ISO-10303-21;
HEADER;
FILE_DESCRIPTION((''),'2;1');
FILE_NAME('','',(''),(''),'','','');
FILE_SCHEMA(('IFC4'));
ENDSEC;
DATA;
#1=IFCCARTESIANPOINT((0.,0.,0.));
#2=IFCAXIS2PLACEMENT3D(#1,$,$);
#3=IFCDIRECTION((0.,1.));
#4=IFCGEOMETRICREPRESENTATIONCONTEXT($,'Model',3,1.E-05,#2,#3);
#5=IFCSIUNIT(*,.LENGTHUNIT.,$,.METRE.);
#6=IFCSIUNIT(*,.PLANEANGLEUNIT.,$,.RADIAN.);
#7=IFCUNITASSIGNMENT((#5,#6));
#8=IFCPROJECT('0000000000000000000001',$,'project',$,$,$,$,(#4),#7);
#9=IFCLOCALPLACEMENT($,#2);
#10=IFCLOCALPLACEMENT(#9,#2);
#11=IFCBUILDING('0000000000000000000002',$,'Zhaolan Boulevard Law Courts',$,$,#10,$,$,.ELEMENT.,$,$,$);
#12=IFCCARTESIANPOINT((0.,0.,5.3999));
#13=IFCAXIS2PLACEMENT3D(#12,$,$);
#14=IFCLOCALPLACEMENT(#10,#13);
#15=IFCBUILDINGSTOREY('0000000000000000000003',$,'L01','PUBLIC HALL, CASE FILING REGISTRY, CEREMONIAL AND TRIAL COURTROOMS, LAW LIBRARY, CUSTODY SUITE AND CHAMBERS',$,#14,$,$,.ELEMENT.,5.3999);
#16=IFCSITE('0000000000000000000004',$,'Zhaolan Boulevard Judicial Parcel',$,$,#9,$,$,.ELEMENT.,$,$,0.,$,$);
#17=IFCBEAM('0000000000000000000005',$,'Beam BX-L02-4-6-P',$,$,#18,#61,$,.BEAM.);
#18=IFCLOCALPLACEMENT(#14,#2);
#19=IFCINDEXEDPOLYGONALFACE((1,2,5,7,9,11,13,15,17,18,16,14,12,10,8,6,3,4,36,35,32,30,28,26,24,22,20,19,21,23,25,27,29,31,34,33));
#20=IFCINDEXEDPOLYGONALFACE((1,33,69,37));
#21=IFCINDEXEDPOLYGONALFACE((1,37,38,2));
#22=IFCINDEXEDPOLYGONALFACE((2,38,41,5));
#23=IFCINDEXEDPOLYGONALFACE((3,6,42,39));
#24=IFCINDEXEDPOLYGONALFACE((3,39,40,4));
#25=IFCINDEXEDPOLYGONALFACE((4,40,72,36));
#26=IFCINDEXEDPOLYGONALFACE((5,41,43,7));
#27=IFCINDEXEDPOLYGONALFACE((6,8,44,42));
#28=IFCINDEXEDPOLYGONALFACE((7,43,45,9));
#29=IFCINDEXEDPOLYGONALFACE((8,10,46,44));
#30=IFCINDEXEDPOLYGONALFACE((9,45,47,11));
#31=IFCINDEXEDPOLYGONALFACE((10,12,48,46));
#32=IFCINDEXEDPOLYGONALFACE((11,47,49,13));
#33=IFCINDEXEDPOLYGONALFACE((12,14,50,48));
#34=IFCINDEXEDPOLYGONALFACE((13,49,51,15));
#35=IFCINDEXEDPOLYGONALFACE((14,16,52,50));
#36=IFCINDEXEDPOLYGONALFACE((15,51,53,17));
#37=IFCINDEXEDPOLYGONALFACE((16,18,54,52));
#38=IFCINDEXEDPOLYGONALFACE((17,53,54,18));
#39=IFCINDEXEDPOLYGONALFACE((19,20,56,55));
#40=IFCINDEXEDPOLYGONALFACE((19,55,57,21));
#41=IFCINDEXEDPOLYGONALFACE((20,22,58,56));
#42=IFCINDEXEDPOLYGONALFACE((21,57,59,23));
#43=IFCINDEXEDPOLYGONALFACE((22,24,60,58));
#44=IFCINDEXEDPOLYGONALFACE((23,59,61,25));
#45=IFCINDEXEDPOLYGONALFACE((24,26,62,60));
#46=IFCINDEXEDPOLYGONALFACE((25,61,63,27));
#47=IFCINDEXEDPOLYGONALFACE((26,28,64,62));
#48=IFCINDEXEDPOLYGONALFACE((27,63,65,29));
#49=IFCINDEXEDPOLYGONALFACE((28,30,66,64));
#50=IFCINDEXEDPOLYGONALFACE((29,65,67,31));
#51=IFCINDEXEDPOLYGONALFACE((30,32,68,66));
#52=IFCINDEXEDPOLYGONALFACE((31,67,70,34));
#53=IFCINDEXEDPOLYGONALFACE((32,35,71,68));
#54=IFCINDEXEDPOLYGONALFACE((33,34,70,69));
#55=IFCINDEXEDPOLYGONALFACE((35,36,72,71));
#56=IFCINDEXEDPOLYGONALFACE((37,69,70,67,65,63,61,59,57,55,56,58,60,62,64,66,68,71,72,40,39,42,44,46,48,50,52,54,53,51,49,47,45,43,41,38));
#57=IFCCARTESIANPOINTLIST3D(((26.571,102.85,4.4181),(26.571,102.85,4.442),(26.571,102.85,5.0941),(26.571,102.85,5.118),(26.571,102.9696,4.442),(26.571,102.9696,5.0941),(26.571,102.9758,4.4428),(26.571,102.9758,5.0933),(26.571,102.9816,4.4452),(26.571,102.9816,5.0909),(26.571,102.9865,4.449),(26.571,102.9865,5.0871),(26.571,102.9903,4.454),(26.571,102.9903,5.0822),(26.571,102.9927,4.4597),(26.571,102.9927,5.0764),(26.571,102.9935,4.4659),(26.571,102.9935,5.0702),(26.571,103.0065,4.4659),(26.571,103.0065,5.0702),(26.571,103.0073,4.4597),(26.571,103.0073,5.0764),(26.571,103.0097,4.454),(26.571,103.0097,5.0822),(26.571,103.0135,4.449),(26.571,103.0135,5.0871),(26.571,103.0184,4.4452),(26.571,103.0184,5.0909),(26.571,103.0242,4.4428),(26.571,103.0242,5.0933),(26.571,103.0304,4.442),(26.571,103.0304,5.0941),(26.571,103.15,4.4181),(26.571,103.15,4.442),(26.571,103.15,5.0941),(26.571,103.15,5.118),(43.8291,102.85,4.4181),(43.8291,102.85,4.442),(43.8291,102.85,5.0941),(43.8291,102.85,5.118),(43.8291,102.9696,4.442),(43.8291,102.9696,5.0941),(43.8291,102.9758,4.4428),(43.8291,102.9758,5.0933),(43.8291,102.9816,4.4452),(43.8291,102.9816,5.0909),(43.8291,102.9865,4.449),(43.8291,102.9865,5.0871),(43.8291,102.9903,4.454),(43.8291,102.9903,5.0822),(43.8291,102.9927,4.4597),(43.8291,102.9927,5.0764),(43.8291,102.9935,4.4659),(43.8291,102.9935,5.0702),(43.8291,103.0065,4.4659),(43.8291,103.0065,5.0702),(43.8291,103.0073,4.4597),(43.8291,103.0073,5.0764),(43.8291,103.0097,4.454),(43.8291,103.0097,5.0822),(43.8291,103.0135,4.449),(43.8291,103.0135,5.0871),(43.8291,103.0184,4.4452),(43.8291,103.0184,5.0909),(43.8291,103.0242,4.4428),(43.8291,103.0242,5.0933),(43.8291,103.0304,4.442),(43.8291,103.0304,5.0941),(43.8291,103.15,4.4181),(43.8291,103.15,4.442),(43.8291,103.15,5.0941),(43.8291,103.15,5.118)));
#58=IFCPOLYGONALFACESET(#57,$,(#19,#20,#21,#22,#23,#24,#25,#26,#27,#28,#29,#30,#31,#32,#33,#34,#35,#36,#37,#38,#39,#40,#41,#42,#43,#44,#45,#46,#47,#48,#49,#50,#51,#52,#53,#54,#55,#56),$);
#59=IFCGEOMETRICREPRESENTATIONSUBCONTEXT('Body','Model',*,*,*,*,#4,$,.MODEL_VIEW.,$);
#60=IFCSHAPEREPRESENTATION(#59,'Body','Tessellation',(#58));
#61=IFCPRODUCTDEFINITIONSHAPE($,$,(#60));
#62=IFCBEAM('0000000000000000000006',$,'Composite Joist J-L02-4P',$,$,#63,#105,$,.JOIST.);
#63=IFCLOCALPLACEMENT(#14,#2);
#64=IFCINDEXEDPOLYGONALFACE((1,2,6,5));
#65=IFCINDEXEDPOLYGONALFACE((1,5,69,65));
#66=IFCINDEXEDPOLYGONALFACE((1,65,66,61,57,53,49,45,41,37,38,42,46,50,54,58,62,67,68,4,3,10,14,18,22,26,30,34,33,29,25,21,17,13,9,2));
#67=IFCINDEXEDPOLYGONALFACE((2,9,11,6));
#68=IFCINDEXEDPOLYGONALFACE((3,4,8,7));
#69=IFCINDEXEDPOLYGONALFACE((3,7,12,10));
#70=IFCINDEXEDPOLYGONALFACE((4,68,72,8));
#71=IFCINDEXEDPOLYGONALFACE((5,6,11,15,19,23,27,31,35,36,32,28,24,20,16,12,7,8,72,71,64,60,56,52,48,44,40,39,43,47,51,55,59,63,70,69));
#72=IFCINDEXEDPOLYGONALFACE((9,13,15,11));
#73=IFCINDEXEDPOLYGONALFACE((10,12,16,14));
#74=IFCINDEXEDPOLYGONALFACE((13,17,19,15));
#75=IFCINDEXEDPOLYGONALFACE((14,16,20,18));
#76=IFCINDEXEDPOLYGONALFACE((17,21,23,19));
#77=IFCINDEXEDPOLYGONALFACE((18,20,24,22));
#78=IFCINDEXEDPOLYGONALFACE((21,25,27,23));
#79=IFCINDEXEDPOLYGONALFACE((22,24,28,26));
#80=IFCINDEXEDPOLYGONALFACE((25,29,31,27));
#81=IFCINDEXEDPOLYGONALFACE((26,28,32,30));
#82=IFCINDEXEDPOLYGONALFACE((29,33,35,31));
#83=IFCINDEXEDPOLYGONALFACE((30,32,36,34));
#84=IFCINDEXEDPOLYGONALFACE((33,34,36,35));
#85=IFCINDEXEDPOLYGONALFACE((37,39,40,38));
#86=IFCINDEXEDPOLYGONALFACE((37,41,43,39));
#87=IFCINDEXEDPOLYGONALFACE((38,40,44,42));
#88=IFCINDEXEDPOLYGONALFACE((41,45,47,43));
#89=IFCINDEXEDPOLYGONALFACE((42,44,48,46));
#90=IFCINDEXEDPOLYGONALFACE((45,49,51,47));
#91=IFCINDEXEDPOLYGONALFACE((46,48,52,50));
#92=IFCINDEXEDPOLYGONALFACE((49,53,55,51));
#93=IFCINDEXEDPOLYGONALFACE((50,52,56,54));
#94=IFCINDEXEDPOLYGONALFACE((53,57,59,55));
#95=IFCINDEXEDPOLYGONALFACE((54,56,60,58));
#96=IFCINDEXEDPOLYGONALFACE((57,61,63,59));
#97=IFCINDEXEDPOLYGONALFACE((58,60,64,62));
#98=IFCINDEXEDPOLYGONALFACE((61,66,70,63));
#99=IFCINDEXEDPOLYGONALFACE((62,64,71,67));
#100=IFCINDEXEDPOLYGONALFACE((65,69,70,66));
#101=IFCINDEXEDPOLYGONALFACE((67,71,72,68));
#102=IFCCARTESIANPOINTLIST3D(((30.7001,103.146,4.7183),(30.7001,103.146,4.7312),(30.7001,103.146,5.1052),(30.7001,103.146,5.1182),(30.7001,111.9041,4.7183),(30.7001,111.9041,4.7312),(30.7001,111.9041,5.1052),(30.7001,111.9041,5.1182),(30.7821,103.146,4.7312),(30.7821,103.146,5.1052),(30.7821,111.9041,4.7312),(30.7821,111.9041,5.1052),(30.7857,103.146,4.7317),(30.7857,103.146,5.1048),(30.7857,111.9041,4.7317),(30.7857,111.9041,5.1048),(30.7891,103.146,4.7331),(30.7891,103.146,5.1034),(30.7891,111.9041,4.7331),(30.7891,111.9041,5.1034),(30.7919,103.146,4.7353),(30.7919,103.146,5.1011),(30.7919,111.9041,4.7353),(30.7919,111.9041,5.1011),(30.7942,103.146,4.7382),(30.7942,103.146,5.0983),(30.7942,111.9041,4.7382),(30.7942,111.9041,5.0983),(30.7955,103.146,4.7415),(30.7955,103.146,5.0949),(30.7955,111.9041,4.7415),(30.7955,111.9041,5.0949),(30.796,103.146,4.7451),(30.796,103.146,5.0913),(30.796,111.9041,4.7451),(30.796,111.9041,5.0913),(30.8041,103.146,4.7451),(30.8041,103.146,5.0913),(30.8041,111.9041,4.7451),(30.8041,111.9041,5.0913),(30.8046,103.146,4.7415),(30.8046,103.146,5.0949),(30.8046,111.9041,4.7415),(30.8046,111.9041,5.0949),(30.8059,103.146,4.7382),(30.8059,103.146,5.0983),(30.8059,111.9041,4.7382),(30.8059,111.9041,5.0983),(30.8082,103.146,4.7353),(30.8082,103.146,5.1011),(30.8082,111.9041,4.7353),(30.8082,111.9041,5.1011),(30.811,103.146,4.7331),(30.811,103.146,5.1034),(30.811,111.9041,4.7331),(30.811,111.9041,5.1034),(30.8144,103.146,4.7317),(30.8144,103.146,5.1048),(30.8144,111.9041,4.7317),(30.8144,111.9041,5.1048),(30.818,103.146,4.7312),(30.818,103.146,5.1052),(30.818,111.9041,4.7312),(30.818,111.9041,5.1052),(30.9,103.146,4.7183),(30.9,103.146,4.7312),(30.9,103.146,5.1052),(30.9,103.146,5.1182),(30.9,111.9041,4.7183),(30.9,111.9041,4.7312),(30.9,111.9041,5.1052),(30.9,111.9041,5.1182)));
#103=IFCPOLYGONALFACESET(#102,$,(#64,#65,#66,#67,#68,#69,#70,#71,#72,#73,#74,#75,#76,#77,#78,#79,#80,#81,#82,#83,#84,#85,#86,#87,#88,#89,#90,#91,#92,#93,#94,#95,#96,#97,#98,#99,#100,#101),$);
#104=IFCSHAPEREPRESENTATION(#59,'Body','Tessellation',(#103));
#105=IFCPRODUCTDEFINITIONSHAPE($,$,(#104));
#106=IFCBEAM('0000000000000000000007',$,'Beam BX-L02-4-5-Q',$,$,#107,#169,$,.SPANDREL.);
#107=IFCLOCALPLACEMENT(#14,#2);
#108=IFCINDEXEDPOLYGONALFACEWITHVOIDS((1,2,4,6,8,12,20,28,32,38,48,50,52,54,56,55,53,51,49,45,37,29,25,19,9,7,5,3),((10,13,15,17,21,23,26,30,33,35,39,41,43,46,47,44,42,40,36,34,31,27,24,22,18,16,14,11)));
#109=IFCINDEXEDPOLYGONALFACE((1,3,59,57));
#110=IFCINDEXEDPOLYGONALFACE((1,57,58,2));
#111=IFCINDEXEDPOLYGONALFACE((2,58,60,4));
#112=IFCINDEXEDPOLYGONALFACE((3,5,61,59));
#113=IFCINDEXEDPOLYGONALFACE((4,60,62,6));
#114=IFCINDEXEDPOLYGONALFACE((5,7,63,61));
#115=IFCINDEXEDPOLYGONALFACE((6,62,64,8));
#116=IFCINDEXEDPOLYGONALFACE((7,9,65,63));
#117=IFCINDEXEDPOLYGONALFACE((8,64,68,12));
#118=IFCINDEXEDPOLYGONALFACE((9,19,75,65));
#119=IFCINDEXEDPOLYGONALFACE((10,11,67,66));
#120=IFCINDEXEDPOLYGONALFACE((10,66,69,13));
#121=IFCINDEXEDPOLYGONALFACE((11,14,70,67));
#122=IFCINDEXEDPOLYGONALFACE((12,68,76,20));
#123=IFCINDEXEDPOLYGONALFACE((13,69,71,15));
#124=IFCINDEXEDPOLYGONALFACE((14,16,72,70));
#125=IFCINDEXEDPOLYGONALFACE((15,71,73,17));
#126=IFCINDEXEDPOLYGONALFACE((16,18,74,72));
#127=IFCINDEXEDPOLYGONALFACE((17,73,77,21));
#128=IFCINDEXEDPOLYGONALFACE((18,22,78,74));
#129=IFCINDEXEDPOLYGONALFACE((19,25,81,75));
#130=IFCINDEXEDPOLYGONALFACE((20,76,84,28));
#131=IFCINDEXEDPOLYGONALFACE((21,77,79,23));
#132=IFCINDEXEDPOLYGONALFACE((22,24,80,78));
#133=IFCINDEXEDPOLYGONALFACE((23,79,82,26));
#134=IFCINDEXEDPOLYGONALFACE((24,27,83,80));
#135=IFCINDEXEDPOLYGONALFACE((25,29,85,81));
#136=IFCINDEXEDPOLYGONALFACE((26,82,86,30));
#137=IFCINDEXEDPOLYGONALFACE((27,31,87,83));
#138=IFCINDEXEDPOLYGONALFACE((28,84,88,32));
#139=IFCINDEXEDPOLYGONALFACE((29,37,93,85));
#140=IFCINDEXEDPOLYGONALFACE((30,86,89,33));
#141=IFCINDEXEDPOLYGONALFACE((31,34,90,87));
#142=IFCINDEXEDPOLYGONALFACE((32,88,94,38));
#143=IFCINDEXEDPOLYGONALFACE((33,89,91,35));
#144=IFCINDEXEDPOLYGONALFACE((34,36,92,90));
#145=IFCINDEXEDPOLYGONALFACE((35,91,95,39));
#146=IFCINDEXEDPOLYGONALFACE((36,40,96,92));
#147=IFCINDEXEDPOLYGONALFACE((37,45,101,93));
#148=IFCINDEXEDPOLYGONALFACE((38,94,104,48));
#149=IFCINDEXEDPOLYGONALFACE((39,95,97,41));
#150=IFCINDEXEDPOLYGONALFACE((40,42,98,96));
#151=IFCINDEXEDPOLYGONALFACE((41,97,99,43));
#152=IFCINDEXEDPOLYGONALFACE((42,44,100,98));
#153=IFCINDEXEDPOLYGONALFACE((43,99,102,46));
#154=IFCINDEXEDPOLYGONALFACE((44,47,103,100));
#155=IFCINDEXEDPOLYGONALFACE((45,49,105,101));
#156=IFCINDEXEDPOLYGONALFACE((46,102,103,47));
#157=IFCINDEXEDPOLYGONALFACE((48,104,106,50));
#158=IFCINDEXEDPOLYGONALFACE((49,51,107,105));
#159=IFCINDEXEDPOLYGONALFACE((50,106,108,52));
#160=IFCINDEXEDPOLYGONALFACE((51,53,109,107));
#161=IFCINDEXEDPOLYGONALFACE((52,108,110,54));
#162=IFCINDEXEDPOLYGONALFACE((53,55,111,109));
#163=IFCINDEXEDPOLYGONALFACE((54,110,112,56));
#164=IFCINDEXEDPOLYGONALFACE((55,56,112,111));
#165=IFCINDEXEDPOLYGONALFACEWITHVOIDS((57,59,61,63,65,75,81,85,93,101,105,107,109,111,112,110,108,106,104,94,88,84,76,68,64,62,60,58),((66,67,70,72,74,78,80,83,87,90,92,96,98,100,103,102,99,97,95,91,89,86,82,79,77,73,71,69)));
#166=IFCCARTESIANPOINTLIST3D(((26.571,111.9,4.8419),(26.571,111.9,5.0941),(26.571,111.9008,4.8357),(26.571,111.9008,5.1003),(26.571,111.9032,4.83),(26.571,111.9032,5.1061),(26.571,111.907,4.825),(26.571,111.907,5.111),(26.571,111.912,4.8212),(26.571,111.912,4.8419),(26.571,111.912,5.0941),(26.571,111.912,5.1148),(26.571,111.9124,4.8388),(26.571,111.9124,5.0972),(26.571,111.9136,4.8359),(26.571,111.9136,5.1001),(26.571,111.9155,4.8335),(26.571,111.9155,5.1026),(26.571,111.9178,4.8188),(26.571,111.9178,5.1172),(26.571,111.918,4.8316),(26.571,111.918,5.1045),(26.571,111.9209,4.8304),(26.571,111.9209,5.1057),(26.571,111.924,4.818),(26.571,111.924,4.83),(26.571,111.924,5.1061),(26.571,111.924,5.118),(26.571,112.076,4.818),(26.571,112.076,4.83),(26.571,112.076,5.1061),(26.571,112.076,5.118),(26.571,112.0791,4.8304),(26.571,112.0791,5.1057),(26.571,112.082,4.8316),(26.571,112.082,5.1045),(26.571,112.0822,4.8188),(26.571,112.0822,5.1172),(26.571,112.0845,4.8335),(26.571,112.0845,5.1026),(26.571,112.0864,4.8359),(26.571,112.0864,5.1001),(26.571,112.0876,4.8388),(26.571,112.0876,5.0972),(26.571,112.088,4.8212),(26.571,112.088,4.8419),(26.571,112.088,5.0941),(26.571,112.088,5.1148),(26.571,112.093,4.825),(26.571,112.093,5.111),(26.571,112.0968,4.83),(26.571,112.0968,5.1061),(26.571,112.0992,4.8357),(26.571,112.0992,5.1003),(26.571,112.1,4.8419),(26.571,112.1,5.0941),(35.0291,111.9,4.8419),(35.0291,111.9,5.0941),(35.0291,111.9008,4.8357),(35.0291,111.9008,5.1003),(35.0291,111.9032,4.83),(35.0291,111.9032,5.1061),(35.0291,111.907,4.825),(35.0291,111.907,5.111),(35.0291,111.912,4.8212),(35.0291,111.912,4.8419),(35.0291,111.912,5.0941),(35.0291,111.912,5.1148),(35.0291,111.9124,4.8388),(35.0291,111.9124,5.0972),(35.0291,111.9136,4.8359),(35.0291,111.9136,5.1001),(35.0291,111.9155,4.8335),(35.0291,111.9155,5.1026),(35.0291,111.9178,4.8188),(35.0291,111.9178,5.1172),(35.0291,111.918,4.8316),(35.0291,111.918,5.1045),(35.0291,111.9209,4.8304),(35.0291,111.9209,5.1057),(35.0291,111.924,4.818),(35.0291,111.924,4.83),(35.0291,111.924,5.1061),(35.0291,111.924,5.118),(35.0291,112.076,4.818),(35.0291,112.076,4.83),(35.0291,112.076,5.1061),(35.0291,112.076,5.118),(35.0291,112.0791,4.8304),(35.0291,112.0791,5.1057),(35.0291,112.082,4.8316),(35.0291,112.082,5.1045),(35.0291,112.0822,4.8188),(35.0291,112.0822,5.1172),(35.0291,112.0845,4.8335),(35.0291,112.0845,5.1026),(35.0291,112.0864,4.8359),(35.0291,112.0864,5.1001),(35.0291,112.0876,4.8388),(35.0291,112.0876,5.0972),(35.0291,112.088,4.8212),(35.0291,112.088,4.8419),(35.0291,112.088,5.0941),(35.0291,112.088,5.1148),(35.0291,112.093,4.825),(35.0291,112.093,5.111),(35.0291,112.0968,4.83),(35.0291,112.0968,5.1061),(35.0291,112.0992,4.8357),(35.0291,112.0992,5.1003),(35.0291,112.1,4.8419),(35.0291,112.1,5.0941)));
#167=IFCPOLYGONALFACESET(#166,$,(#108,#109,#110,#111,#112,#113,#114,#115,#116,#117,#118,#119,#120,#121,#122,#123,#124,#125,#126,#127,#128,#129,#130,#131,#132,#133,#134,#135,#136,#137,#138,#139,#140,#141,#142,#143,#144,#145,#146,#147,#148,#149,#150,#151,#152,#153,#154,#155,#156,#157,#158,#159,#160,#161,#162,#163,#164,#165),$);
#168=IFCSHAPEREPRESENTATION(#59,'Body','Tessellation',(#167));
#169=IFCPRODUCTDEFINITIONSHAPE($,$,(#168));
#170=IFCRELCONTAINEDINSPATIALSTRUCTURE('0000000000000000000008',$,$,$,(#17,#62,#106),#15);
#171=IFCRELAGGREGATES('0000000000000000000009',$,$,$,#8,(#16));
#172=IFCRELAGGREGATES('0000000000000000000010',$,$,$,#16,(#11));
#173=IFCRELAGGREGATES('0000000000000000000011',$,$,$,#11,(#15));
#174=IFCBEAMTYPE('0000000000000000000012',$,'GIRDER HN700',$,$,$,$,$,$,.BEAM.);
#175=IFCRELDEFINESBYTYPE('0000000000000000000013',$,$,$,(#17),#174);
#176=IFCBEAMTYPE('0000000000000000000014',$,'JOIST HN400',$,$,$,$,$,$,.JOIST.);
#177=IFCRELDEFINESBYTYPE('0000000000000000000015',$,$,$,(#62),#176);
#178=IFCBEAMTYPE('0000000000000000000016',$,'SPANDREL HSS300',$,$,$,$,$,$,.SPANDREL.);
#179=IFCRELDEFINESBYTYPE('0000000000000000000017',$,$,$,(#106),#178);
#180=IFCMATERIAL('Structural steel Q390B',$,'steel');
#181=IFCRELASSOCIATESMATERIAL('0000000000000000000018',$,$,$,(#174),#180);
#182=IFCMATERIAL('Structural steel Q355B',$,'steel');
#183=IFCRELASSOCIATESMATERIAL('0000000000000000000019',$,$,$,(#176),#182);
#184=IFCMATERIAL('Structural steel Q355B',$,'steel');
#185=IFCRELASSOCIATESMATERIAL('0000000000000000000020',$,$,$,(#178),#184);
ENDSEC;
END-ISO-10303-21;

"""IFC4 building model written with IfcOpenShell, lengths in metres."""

from ifc_helpers import new_model, si_unit, direction, frame, origin, origin_2d, place, context, subcontext, project, spatial, hollow_rectangle, i_section, extrude, material, material_profile, profile_set, type_object, element, save


model = new_model("IFC4")

# Units and contexts
model_context = context("Model", 3, precision=1e-05, world=origin(), true_north=direction((0.0, 1.0)))
body_context = subcontext(model_context, "Body", "Model", "MODEL_VIEW")
ifc_project = project(units=[si_unit("LENGTHUNIT", "METRE"), si_unit("PLANEANGLEUNIT", "RADIAN")], contexts=[model_context])

# Site, building, storey
site_placement = place(None, origin())
site = spatial("IfcSite", under=ifc_project, at=site_placement, Name="Zhaolan Boulevard Judicial Parcel", CompositionType="ELEMENT", RefElevation=0.0)
building_placement = place(site_placement, origin())
building = spatial("IfcBuilding", under=site, at=building_placement, Name="Zhaolan Boulevard Law Courts", CompositionType="ELEMENT")
storey_placement = place(building_placement, frame((0.0, 0.0, 5.3999)))
storey = spatial("IfcBuildingStorey", under=building, at=storey_placement, Name="L01", Description="PUBLIC HALL, CASE FILING REGISTRY, CEREMONIAL AND TRIAL COURTROOMS, LAW LIBRARY, CUSTODY SUITE AND CHAMBERS", CompositionType="ELEMENT", Elevation=5.3999)

# Beams
ifc_material_1 = material(Name="Structural steel Q390B", Category="steel")
ifc_material_profile_1 = material_profile(ifc_material_1, i_section(OverallWidth=0.3, OverallDepth=0.7, WebThickness=0.0129, FlangeThickness=0.0239, FilletRadius=0.0239, at=origin_2d()), Name="HN700x300")
ifc_profile_set_1 = profile_set([ifc_material_profile_1], Name="Structural steel Q390B")
beam_type_1 = type_object("IfcBeamType", Name="GIRDER HN700", PredefinedType="BEAM", material=ifc_profile_set_1)
beam_1_placement = place(storey_placement, frame((26.571, 103.0, 4.7681), z_axis=(1.0, 0.0, 0.0), x_axis=(0.0, 1.0, 0.0)))
element("IfcBeam", 1, at=beam_1_placement, inside=storey, type_object=beam_type_1, Name="Beam BX-L02-4-6-P", PredefinedType="BEAM", context=body_context, shape_type="SweptSolid", body=[
    extrude(i_section(OverallWidth=0.3, OverallDepth=0.7, WebThickness=0.0129, FlangeThickness=0.0239, FilletRadius=0.0239, at=origin_2d()), origin(), (0.0, 0.0, 1.0), 17.2581),
])
ifc_material_2 = material(Name="Structural steel Q355B", Category="steel")
ifc_material_profile_2 = material_profile(ifc_material_2, i_section(OverallWidth=0.2, OverallDepth=0.3999, WebThickness=0.0081, FlangeThickness=0.0129, FilletRadius=0.0139, at=origin_2d()), Name="HN400x200")
ifc_profile_set_2 = profile_set([ifc_material_profile_2], Name="Structural steel Q355B")
beam_type_2 = type_object("IfcBeamType", Name="JOIST HN400", PredefinedType="JOIST", material=ifc_profile_set_2)
beam_2_placement = place(storey_placement, frame((30.8, 103.146, 4.9182), z_axis=(0.0, 1.0, 0.0), x_axis=(-1.0, 0.0, 0.0)))
element("IfcBeam", 2, at=beam_2_placement, inside=storey, type_object=beam_type_2, Name="Composite Joist J-L02-4P", PredefinedType="JOIST", context=body_context, shape_type="SweptSolid", body=[
    extrude(i_section(OverallWidth=0.2, OverallDepth=0.3999, WebThickness=0.0081, FlangeThickness=0.0129, FilletRadius=0.0139, at=origin_2d()), origin(), (0.0, 0.0, 1.0), 8.7581),
])
ifc_material_3 = material(Name="Structural steel Q355B", Category="steel")
ifc_material_profile_3 = material_profile(ifc_material_3, hollow_rectangle(XDim=0.2, YDim=0.3, WallThickness=0.012, InnerFilletRadius=0.012, OuterFilletRadius=0.0239, at=origin_2d()), Name="HSS300x200x12")
ifc_profile_set_3 = profile_set([ifc_material_profile_3], Name="Structural steel Q355B")
beam_type_3 = type_object("IfcBeamType", Name="SPANDREL HSS300", PredefinedType="SPANDREL", material=ifc_profile_set_3)
for number, where, z_axis, x_axis, name in (
    (3, (26.571, 112.0, 4.968), (1.0, 0.0, 0.0), (0.0, 1.0, 0.0), "Beam BX-L02-4-5-Q"),
):
    element("IfcBeam", number, at=place(storey_placement, frame(where, z_axis=z_axis, x_axis=x_axis)), inside=storey, type_object=beam_type_3, Name=name, PredefinedType="SPANDREL", context=body_context, shape_type="SweptSolid", body=[
        extrude(hollow_rectangle(XDim=0.2, YDim=0.3, WallThickness=0.012, InnerFilletRadius=0.012, OuterFilletRadius=0.0239, at=origin_2d()), origin(), (0.0, 0.0, 1.0), 8.458),
    ])

save(model, "model.ifc")
